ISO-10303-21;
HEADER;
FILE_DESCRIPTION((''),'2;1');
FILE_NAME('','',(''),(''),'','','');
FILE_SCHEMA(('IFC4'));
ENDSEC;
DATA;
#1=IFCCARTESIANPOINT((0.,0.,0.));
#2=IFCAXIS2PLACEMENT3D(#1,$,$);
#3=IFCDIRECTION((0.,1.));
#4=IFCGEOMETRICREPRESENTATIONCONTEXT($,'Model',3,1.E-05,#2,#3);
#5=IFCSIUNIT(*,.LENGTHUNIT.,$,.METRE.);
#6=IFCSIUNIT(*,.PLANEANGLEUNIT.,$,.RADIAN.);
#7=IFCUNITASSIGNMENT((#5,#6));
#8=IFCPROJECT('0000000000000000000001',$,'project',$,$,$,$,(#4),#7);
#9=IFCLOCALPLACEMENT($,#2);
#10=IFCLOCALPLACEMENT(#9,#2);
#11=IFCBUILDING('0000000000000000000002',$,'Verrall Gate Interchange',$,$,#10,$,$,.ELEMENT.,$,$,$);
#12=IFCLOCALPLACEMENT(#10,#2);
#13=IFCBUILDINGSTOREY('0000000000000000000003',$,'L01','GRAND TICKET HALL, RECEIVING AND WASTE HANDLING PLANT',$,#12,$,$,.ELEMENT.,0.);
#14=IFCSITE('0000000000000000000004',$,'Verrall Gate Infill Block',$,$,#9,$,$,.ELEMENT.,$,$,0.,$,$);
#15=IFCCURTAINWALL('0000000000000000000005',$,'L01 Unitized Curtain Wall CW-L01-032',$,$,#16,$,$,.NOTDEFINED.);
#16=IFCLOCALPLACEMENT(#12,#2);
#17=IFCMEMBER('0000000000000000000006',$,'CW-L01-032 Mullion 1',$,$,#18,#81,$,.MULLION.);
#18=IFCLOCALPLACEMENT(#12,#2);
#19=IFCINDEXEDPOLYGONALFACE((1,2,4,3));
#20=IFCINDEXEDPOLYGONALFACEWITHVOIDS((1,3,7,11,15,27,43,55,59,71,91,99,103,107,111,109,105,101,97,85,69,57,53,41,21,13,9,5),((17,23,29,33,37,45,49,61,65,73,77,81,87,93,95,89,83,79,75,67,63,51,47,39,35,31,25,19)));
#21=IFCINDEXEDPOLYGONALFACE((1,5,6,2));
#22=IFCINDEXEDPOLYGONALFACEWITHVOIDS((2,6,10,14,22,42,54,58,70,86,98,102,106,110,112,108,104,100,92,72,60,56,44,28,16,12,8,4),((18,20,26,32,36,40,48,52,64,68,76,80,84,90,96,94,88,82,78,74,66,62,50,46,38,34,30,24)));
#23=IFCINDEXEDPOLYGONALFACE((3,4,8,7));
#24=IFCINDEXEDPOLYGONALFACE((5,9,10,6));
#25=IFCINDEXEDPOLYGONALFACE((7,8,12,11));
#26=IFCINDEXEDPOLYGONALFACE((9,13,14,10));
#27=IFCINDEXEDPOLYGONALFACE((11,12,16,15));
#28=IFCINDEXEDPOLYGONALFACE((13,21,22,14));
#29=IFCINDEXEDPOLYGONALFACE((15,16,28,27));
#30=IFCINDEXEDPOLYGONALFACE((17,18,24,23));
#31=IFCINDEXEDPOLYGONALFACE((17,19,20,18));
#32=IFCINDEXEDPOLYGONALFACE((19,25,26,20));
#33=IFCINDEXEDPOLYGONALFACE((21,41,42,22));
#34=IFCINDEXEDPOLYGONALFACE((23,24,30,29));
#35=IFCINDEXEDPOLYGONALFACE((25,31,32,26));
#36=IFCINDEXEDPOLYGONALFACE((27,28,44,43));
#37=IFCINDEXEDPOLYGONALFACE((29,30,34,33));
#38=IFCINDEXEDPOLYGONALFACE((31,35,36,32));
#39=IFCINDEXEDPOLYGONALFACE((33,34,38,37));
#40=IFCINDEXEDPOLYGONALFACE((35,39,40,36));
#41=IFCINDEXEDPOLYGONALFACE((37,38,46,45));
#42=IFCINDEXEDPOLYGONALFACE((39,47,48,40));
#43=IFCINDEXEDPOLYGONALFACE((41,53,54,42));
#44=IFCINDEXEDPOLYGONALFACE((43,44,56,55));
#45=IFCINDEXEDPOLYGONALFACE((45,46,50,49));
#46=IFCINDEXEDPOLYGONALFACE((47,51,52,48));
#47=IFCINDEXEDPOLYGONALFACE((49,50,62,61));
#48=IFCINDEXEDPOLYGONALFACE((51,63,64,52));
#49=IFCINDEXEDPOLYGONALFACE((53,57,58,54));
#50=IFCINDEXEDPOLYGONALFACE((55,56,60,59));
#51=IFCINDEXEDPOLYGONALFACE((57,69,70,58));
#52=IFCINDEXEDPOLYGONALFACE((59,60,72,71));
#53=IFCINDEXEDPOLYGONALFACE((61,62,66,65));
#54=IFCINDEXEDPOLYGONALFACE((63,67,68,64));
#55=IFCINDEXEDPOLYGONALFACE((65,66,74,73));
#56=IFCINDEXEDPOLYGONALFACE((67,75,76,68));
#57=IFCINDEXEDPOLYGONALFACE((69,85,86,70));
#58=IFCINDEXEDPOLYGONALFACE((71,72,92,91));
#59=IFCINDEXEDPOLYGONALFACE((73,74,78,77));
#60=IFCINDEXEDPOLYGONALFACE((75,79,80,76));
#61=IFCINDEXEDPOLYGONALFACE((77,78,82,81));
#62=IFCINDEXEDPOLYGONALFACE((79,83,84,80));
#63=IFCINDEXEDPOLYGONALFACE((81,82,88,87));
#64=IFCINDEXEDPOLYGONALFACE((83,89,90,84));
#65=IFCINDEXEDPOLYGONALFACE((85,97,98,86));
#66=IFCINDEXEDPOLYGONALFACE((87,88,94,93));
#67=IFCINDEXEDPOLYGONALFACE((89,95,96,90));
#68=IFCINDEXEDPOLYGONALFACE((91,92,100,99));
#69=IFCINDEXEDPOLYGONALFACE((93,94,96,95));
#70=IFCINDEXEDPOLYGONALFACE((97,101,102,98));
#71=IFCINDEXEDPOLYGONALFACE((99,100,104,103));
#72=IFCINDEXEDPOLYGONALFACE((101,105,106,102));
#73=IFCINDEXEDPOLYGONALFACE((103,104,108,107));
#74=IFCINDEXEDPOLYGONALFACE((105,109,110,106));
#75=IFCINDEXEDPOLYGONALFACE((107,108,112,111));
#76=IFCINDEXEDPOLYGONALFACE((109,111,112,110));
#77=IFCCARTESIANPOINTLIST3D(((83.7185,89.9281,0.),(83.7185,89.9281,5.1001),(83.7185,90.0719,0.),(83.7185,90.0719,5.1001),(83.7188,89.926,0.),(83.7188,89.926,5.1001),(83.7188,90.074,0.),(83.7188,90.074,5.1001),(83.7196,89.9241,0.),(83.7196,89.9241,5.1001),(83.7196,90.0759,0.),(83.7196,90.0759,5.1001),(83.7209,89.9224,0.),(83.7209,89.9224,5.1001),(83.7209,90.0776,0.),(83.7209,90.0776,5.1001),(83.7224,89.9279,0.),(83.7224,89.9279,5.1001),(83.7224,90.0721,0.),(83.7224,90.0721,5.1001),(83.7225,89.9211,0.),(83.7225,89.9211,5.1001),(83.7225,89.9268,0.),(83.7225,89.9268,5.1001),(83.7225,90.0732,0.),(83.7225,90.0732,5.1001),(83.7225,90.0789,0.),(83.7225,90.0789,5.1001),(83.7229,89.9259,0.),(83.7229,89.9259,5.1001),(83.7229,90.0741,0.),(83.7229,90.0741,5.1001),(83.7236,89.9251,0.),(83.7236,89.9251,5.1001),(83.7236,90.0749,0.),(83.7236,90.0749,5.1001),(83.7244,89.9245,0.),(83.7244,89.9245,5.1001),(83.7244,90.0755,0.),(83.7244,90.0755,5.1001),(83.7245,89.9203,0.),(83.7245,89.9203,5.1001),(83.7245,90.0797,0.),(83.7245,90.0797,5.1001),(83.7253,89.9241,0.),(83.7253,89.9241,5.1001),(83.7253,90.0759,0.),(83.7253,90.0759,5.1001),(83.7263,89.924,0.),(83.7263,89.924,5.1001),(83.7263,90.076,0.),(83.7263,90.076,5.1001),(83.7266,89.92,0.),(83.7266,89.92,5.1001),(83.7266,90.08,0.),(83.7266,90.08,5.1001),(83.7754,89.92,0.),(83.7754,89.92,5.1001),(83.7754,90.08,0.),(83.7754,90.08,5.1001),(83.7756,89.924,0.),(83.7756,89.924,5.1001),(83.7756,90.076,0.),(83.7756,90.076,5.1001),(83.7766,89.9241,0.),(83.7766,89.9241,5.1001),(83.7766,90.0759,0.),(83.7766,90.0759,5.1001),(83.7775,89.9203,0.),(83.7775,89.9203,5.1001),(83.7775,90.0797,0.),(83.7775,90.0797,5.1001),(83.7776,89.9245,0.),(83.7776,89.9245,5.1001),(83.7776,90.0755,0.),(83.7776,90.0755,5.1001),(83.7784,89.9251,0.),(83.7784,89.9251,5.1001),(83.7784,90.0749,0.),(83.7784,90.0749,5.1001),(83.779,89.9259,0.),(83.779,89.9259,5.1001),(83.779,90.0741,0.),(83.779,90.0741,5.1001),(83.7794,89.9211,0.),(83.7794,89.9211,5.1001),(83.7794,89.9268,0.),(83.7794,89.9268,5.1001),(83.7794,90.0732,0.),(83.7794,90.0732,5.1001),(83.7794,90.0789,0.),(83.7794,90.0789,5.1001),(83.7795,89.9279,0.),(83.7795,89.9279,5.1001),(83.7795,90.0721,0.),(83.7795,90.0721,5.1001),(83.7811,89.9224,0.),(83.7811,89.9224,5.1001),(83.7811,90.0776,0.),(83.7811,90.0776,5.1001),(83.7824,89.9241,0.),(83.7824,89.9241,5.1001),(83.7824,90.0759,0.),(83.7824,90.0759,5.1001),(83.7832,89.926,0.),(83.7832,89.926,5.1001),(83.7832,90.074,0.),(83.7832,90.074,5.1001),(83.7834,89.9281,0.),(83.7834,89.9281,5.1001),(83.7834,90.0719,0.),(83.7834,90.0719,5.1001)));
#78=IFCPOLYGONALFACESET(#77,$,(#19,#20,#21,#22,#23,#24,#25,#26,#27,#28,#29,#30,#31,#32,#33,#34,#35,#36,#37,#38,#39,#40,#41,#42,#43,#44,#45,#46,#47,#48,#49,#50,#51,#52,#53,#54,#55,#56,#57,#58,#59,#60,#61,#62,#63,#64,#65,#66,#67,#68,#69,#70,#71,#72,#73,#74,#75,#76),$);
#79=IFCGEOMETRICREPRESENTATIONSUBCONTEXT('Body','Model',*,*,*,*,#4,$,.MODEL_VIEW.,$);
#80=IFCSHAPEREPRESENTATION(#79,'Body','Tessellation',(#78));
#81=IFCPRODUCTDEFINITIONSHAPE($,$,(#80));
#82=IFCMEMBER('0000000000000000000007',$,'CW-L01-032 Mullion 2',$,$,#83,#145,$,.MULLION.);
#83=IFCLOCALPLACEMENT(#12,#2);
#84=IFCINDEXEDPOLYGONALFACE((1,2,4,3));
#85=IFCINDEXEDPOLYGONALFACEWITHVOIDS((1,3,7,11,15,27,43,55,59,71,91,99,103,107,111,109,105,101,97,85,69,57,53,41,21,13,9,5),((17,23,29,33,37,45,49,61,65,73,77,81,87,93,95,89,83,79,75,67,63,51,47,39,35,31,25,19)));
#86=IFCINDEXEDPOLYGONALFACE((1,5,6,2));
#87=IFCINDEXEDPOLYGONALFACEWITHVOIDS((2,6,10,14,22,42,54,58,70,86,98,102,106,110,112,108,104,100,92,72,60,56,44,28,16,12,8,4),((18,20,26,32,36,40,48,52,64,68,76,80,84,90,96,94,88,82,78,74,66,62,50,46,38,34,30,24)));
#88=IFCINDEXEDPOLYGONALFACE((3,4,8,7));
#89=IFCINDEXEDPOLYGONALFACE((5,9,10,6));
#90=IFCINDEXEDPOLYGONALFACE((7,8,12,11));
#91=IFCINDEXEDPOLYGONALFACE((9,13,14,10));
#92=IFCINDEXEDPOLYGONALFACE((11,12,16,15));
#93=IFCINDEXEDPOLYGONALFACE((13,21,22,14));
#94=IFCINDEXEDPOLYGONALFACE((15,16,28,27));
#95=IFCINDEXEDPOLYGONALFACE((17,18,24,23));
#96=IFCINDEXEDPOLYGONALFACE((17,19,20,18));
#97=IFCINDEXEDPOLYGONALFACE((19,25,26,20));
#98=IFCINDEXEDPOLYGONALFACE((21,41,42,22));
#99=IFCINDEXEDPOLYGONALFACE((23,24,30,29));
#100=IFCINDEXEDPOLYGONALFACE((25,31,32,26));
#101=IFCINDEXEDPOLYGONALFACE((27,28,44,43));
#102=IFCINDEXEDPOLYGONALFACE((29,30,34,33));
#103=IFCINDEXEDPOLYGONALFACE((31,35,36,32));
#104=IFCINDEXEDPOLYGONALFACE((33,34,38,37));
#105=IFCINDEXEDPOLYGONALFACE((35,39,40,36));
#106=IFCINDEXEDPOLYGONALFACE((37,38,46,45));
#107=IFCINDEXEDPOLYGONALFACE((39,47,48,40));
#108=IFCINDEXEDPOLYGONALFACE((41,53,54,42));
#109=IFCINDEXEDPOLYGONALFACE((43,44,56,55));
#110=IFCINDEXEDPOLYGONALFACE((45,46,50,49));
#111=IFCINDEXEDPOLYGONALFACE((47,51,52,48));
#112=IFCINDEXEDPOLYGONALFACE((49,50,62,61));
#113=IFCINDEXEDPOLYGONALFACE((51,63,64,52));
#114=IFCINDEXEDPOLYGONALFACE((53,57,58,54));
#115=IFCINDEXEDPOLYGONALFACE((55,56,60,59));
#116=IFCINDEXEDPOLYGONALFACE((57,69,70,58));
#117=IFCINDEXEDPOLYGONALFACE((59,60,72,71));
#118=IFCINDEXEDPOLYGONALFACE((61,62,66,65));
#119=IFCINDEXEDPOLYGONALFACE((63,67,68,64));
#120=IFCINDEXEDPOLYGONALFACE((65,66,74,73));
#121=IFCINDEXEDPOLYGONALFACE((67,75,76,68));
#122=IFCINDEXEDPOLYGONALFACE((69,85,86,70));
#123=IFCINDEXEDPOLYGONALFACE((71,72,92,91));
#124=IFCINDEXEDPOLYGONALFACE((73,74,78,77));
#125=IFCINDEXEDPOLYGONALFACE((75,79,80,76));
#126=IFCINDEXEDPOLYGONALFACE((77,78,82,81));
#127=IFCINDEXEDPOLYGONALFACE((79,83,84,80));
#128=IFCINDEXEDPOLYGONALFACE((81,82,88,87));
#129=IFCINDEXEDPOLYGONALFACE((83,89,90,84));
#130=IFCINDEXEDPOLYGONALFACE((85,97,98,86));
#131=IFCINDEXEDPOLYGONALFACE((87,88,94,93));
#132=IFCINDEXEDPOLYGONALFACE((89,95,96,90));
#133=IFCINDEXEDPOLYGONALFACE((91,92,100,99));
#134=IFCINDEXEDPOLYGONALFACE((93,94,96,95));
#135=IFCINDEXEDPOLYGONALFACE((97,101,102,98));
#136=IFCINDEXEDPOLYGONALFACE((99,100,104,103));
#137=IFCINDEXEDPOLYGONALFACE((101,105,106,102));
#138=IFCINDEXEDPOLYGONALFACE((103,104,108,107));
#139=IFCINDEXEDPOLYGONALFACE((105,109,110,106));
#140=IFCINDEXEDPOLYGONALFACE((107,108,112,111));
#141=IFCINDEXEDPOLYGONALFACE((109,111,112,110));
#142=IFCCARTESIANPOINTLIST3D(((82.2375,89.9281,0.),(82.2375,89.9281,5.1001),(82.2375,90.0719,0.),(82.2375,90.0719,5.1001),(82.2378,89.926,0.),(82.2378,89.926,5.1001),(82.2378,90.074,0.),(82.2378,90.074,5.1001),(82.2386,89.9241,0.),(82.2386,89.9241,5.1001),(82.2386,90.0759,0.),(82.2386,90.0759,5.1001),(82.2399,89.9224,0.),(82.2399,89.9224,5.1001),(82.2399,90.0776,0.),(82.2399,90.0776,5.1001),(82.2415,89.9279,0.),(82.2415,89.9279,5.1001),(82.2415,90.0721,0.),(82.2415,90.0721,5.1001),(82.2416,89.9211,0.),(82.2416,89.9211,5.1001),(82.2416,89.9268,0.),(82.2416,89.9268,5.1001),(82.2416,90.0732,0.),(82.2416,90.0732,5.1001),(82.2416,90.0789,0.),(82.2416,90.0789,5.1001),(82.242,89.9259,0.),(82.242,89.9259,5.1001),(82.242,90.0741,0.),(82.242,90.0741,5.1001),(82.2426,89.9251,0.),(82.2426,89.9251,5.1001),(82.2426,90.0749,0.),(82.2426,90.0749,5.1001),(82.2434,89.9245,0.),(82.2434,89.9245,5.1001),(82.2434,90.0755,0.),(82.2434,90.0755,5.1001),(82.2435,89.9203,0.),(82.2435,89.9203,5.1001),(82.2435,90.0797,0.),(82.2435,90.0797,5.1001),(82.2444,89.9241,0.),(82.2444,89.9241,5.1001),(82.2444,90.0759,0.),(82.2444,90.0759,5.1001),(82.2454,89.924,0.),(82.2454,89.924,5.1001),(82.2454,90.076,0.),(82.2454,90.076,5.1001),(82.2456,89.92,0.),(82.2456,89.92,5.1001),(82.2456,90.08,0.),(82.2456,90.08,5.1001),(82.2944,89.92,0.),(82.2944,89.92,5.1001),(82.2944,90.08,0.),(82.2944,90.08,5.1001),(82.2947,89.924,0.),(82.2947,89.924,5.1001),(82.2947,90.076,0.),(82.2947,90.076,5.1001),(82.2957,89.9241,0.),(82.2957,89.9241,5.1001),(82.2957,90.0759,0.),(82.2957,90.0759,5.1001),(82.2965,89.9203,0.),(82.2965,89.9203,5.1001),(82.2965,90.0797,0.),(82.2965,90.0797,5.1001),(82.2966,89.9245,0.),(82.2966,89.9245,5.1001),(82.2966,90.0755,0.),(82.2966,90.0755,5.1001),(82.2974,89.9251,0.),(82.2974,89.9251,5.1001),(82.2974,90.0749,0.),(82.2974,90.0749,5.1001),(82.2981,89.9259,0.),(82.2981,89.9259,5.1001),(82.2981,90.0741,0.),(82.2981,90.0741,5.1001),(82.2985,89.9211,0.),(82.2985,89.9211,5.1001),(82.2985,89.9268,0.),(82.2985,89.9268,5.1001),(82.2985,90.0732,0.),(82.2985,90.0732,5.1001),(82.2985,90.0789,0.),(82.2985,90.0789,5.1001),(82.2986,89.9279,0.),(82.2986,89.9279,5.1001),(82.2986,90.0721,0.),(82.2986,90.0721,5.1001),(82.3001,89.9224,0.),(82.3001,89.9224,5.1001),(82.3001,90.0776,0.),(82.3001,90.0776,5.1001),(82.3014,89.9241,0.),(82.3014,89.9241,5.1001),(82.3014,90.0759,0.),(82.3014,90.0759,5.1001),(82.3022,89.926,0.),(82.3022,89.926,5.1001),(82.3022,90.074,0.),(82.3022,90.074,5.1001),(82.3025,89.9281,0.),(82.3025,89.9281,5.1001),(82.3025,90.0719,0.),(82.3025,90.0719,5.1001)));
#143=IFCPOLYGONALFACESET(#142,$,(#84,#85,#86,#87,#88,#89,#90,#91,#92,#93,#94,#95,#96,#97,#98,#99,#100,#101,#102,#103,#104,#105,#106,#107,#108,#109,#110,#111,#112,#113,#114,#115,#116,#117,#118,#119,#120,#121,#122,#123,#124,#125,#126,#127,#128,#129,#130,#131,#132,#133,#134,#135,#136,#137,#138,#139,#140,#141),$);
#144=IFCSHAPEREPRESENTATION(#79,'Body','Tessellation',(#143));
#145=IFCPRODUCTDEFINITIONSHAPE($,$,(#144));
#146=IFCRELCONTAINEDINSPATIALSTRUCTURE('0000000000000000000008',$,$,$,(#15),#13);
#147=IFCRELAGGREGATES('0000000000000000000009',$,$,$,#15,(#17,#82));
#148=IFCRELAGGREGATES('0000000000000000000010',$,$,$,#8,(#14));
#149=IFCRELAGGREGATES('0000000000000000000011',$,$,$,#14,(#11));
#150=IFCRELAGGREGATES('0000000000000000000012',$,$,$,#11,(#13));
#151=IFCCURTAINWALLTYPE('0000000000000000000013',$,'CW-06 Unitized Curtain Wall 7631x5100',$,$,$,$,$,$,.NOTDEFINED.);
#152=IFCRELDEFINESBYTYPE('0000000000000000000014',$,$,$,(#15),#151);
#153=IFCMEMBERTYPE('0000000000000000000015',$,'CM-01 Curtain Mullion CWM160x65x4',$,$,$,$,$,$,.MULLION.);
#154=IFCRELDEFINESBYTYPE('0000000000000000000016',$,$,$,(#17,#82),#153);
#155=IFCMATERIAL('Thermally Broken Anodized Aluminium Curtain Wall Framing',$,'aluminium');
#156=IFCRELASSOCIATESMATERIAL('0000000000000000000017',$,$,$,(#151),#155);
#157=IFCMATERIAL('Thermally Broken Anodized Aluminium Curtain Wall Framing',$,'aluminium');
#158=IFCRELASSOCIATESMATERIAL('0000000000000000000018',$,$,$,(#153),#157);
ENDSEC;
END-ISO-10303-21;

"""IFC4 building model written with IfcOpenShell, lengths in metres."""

from ifc_helpers import new_model, si_unit, direction, frame, origin, origin_2d, place, context, subcontext, project, spatial, hollow_rectangle, extrude, material, material_profile, profile_set, type_object, element, aggregate, save


model = new_model("IFC4")

# Units and contexts
model_context = context("Model", 3, precision=1e-05, world=origin(), true_north=direction((0.0, 1.0)))
body_context = subcontext(model_context, "Body", "Model", "MODEL_VIEW")
ifc_project = project(units=[si_unit("LENGTHUNIT", "METRE"), si_unit("PLANEANGLEUNIT", "RADIAN")], contexts=[model_context])

# Site, building, storey
site_placement = place(None, origin())
site = spatial("IfcSite", under=ifc_project, at=site_placement, Name="Verrall Gate Infill Block", CompositionType="ELEMENT", RefElevation=0.0)
building_placement = place(site_placement, origin())
building = spatial("IfcBuilding", under=site, at=building_placement, Name="Verrall Gate Interchange", CompositionType="ELEMENT")
storey_placement = place(building_placement, origin())
storey = spatial("IfcBuildingStorey", under=building, at=storey_placement, Name="L01", Description="GRAND TICKET HALL, RECEIVING AND WASTE HANDLING PLANT", CompositionType="ELEMENT", Elevation=0.0)

# Curtain wall, members
ifc_material_1 = material(Name="Thermally Broken Anodized Aluminium Curtain Wall Framing", Category="aluminium")
curtain_wall_type = type_object("IfcCurtainWallType", Name="CW-06 Unitized Curtain Wall 7631x5100", PredefinedType="NOTDEFINED", material=ifc_material_1)
curtain_wall_placement = place(storey_placement, origin())
curtain_wall = element("IfcCurtainWall", 1, at=curtain_wall_placement, inside=storey, type_object=curtain_wall_type, Name="L01 Unitized Curtain Wall CW-L01-032", PredefinedType="NOTDEFINED")
ifc_material_2 = material(Name="Thermally Broken Anodized Aluminium Curtain Wall Framing", Category="aluminium")
ifc_material_profile_1 = material_profile(ifc_material_2, hollow_rectangle(XDim=0.0649, YDim=0.1599, WallThickness=0.0039, InnerFilletRadius=0.0039, OuterFilletRadius=0.0081, at=origin_2d()), Name="CWM160x65x4")
ifc_profile_set_1 = profile_set([ifc_material_profile_1], Name="Thermally Broken Anodized Aluminium Curtain Wall Framing")
member_type_1 = type_object("IfcMemberType", Name="CM-01 Curtain Mullion CWM160x65x4", PredefinedType="MULLION", material=ifc_profile_set_1)
member_1_placement = place(storey_placement, frame((83.751, 90.0, 0.0), z_axis=(0.0, 0.0, 1.0), x_axis=(-1.0, 0.0, 0.0)))
member_1 = element("IfcMember", 2, at=member_1_placement, type_object=member_type_1, Name="CW-L01-032 Mullion 1", PredefinedType="MULLION", context=body_context, shape_type="SweptSolid", body=[
    extrude(hollow_rectangle(XDim=0.0649, YDim=0.1599, WallThickness=0.0039, InnerFilletRadius=0.0039, OuterFilletRadius=0.0081, at=origin_2d()), origin(), (0.0, 0.0, 1.0), 5.1001),
])
member_2_placement = place(storey_placement, frame((82.27, 90.0, 0.0), z_axis=(0.0, 0.0, 1.0), x_axis=(-1.0, 0.0, 0.0)))
member_2 = element("IfcMember", 3, at=member_2_placement, type_object=member_type_1, Name="CW-L01-032 Mullion 2", PredefinedType="MULLION", context=body_context, shape_type="SweptSolid", body=[
    extrude(hollow_rectangle(XDim=0.0649, YDim=0.1599, WallThickness=0.0039, InnerFilletRadius=0.0039, OuterFilletRadius=0.0081, at=origin_2d()), origin(), (0.0, 0.0, 1.0), 5.1001),
])

aggregate(curtain_wall, [member_1, member_2])

save(model, "model.ifc")
